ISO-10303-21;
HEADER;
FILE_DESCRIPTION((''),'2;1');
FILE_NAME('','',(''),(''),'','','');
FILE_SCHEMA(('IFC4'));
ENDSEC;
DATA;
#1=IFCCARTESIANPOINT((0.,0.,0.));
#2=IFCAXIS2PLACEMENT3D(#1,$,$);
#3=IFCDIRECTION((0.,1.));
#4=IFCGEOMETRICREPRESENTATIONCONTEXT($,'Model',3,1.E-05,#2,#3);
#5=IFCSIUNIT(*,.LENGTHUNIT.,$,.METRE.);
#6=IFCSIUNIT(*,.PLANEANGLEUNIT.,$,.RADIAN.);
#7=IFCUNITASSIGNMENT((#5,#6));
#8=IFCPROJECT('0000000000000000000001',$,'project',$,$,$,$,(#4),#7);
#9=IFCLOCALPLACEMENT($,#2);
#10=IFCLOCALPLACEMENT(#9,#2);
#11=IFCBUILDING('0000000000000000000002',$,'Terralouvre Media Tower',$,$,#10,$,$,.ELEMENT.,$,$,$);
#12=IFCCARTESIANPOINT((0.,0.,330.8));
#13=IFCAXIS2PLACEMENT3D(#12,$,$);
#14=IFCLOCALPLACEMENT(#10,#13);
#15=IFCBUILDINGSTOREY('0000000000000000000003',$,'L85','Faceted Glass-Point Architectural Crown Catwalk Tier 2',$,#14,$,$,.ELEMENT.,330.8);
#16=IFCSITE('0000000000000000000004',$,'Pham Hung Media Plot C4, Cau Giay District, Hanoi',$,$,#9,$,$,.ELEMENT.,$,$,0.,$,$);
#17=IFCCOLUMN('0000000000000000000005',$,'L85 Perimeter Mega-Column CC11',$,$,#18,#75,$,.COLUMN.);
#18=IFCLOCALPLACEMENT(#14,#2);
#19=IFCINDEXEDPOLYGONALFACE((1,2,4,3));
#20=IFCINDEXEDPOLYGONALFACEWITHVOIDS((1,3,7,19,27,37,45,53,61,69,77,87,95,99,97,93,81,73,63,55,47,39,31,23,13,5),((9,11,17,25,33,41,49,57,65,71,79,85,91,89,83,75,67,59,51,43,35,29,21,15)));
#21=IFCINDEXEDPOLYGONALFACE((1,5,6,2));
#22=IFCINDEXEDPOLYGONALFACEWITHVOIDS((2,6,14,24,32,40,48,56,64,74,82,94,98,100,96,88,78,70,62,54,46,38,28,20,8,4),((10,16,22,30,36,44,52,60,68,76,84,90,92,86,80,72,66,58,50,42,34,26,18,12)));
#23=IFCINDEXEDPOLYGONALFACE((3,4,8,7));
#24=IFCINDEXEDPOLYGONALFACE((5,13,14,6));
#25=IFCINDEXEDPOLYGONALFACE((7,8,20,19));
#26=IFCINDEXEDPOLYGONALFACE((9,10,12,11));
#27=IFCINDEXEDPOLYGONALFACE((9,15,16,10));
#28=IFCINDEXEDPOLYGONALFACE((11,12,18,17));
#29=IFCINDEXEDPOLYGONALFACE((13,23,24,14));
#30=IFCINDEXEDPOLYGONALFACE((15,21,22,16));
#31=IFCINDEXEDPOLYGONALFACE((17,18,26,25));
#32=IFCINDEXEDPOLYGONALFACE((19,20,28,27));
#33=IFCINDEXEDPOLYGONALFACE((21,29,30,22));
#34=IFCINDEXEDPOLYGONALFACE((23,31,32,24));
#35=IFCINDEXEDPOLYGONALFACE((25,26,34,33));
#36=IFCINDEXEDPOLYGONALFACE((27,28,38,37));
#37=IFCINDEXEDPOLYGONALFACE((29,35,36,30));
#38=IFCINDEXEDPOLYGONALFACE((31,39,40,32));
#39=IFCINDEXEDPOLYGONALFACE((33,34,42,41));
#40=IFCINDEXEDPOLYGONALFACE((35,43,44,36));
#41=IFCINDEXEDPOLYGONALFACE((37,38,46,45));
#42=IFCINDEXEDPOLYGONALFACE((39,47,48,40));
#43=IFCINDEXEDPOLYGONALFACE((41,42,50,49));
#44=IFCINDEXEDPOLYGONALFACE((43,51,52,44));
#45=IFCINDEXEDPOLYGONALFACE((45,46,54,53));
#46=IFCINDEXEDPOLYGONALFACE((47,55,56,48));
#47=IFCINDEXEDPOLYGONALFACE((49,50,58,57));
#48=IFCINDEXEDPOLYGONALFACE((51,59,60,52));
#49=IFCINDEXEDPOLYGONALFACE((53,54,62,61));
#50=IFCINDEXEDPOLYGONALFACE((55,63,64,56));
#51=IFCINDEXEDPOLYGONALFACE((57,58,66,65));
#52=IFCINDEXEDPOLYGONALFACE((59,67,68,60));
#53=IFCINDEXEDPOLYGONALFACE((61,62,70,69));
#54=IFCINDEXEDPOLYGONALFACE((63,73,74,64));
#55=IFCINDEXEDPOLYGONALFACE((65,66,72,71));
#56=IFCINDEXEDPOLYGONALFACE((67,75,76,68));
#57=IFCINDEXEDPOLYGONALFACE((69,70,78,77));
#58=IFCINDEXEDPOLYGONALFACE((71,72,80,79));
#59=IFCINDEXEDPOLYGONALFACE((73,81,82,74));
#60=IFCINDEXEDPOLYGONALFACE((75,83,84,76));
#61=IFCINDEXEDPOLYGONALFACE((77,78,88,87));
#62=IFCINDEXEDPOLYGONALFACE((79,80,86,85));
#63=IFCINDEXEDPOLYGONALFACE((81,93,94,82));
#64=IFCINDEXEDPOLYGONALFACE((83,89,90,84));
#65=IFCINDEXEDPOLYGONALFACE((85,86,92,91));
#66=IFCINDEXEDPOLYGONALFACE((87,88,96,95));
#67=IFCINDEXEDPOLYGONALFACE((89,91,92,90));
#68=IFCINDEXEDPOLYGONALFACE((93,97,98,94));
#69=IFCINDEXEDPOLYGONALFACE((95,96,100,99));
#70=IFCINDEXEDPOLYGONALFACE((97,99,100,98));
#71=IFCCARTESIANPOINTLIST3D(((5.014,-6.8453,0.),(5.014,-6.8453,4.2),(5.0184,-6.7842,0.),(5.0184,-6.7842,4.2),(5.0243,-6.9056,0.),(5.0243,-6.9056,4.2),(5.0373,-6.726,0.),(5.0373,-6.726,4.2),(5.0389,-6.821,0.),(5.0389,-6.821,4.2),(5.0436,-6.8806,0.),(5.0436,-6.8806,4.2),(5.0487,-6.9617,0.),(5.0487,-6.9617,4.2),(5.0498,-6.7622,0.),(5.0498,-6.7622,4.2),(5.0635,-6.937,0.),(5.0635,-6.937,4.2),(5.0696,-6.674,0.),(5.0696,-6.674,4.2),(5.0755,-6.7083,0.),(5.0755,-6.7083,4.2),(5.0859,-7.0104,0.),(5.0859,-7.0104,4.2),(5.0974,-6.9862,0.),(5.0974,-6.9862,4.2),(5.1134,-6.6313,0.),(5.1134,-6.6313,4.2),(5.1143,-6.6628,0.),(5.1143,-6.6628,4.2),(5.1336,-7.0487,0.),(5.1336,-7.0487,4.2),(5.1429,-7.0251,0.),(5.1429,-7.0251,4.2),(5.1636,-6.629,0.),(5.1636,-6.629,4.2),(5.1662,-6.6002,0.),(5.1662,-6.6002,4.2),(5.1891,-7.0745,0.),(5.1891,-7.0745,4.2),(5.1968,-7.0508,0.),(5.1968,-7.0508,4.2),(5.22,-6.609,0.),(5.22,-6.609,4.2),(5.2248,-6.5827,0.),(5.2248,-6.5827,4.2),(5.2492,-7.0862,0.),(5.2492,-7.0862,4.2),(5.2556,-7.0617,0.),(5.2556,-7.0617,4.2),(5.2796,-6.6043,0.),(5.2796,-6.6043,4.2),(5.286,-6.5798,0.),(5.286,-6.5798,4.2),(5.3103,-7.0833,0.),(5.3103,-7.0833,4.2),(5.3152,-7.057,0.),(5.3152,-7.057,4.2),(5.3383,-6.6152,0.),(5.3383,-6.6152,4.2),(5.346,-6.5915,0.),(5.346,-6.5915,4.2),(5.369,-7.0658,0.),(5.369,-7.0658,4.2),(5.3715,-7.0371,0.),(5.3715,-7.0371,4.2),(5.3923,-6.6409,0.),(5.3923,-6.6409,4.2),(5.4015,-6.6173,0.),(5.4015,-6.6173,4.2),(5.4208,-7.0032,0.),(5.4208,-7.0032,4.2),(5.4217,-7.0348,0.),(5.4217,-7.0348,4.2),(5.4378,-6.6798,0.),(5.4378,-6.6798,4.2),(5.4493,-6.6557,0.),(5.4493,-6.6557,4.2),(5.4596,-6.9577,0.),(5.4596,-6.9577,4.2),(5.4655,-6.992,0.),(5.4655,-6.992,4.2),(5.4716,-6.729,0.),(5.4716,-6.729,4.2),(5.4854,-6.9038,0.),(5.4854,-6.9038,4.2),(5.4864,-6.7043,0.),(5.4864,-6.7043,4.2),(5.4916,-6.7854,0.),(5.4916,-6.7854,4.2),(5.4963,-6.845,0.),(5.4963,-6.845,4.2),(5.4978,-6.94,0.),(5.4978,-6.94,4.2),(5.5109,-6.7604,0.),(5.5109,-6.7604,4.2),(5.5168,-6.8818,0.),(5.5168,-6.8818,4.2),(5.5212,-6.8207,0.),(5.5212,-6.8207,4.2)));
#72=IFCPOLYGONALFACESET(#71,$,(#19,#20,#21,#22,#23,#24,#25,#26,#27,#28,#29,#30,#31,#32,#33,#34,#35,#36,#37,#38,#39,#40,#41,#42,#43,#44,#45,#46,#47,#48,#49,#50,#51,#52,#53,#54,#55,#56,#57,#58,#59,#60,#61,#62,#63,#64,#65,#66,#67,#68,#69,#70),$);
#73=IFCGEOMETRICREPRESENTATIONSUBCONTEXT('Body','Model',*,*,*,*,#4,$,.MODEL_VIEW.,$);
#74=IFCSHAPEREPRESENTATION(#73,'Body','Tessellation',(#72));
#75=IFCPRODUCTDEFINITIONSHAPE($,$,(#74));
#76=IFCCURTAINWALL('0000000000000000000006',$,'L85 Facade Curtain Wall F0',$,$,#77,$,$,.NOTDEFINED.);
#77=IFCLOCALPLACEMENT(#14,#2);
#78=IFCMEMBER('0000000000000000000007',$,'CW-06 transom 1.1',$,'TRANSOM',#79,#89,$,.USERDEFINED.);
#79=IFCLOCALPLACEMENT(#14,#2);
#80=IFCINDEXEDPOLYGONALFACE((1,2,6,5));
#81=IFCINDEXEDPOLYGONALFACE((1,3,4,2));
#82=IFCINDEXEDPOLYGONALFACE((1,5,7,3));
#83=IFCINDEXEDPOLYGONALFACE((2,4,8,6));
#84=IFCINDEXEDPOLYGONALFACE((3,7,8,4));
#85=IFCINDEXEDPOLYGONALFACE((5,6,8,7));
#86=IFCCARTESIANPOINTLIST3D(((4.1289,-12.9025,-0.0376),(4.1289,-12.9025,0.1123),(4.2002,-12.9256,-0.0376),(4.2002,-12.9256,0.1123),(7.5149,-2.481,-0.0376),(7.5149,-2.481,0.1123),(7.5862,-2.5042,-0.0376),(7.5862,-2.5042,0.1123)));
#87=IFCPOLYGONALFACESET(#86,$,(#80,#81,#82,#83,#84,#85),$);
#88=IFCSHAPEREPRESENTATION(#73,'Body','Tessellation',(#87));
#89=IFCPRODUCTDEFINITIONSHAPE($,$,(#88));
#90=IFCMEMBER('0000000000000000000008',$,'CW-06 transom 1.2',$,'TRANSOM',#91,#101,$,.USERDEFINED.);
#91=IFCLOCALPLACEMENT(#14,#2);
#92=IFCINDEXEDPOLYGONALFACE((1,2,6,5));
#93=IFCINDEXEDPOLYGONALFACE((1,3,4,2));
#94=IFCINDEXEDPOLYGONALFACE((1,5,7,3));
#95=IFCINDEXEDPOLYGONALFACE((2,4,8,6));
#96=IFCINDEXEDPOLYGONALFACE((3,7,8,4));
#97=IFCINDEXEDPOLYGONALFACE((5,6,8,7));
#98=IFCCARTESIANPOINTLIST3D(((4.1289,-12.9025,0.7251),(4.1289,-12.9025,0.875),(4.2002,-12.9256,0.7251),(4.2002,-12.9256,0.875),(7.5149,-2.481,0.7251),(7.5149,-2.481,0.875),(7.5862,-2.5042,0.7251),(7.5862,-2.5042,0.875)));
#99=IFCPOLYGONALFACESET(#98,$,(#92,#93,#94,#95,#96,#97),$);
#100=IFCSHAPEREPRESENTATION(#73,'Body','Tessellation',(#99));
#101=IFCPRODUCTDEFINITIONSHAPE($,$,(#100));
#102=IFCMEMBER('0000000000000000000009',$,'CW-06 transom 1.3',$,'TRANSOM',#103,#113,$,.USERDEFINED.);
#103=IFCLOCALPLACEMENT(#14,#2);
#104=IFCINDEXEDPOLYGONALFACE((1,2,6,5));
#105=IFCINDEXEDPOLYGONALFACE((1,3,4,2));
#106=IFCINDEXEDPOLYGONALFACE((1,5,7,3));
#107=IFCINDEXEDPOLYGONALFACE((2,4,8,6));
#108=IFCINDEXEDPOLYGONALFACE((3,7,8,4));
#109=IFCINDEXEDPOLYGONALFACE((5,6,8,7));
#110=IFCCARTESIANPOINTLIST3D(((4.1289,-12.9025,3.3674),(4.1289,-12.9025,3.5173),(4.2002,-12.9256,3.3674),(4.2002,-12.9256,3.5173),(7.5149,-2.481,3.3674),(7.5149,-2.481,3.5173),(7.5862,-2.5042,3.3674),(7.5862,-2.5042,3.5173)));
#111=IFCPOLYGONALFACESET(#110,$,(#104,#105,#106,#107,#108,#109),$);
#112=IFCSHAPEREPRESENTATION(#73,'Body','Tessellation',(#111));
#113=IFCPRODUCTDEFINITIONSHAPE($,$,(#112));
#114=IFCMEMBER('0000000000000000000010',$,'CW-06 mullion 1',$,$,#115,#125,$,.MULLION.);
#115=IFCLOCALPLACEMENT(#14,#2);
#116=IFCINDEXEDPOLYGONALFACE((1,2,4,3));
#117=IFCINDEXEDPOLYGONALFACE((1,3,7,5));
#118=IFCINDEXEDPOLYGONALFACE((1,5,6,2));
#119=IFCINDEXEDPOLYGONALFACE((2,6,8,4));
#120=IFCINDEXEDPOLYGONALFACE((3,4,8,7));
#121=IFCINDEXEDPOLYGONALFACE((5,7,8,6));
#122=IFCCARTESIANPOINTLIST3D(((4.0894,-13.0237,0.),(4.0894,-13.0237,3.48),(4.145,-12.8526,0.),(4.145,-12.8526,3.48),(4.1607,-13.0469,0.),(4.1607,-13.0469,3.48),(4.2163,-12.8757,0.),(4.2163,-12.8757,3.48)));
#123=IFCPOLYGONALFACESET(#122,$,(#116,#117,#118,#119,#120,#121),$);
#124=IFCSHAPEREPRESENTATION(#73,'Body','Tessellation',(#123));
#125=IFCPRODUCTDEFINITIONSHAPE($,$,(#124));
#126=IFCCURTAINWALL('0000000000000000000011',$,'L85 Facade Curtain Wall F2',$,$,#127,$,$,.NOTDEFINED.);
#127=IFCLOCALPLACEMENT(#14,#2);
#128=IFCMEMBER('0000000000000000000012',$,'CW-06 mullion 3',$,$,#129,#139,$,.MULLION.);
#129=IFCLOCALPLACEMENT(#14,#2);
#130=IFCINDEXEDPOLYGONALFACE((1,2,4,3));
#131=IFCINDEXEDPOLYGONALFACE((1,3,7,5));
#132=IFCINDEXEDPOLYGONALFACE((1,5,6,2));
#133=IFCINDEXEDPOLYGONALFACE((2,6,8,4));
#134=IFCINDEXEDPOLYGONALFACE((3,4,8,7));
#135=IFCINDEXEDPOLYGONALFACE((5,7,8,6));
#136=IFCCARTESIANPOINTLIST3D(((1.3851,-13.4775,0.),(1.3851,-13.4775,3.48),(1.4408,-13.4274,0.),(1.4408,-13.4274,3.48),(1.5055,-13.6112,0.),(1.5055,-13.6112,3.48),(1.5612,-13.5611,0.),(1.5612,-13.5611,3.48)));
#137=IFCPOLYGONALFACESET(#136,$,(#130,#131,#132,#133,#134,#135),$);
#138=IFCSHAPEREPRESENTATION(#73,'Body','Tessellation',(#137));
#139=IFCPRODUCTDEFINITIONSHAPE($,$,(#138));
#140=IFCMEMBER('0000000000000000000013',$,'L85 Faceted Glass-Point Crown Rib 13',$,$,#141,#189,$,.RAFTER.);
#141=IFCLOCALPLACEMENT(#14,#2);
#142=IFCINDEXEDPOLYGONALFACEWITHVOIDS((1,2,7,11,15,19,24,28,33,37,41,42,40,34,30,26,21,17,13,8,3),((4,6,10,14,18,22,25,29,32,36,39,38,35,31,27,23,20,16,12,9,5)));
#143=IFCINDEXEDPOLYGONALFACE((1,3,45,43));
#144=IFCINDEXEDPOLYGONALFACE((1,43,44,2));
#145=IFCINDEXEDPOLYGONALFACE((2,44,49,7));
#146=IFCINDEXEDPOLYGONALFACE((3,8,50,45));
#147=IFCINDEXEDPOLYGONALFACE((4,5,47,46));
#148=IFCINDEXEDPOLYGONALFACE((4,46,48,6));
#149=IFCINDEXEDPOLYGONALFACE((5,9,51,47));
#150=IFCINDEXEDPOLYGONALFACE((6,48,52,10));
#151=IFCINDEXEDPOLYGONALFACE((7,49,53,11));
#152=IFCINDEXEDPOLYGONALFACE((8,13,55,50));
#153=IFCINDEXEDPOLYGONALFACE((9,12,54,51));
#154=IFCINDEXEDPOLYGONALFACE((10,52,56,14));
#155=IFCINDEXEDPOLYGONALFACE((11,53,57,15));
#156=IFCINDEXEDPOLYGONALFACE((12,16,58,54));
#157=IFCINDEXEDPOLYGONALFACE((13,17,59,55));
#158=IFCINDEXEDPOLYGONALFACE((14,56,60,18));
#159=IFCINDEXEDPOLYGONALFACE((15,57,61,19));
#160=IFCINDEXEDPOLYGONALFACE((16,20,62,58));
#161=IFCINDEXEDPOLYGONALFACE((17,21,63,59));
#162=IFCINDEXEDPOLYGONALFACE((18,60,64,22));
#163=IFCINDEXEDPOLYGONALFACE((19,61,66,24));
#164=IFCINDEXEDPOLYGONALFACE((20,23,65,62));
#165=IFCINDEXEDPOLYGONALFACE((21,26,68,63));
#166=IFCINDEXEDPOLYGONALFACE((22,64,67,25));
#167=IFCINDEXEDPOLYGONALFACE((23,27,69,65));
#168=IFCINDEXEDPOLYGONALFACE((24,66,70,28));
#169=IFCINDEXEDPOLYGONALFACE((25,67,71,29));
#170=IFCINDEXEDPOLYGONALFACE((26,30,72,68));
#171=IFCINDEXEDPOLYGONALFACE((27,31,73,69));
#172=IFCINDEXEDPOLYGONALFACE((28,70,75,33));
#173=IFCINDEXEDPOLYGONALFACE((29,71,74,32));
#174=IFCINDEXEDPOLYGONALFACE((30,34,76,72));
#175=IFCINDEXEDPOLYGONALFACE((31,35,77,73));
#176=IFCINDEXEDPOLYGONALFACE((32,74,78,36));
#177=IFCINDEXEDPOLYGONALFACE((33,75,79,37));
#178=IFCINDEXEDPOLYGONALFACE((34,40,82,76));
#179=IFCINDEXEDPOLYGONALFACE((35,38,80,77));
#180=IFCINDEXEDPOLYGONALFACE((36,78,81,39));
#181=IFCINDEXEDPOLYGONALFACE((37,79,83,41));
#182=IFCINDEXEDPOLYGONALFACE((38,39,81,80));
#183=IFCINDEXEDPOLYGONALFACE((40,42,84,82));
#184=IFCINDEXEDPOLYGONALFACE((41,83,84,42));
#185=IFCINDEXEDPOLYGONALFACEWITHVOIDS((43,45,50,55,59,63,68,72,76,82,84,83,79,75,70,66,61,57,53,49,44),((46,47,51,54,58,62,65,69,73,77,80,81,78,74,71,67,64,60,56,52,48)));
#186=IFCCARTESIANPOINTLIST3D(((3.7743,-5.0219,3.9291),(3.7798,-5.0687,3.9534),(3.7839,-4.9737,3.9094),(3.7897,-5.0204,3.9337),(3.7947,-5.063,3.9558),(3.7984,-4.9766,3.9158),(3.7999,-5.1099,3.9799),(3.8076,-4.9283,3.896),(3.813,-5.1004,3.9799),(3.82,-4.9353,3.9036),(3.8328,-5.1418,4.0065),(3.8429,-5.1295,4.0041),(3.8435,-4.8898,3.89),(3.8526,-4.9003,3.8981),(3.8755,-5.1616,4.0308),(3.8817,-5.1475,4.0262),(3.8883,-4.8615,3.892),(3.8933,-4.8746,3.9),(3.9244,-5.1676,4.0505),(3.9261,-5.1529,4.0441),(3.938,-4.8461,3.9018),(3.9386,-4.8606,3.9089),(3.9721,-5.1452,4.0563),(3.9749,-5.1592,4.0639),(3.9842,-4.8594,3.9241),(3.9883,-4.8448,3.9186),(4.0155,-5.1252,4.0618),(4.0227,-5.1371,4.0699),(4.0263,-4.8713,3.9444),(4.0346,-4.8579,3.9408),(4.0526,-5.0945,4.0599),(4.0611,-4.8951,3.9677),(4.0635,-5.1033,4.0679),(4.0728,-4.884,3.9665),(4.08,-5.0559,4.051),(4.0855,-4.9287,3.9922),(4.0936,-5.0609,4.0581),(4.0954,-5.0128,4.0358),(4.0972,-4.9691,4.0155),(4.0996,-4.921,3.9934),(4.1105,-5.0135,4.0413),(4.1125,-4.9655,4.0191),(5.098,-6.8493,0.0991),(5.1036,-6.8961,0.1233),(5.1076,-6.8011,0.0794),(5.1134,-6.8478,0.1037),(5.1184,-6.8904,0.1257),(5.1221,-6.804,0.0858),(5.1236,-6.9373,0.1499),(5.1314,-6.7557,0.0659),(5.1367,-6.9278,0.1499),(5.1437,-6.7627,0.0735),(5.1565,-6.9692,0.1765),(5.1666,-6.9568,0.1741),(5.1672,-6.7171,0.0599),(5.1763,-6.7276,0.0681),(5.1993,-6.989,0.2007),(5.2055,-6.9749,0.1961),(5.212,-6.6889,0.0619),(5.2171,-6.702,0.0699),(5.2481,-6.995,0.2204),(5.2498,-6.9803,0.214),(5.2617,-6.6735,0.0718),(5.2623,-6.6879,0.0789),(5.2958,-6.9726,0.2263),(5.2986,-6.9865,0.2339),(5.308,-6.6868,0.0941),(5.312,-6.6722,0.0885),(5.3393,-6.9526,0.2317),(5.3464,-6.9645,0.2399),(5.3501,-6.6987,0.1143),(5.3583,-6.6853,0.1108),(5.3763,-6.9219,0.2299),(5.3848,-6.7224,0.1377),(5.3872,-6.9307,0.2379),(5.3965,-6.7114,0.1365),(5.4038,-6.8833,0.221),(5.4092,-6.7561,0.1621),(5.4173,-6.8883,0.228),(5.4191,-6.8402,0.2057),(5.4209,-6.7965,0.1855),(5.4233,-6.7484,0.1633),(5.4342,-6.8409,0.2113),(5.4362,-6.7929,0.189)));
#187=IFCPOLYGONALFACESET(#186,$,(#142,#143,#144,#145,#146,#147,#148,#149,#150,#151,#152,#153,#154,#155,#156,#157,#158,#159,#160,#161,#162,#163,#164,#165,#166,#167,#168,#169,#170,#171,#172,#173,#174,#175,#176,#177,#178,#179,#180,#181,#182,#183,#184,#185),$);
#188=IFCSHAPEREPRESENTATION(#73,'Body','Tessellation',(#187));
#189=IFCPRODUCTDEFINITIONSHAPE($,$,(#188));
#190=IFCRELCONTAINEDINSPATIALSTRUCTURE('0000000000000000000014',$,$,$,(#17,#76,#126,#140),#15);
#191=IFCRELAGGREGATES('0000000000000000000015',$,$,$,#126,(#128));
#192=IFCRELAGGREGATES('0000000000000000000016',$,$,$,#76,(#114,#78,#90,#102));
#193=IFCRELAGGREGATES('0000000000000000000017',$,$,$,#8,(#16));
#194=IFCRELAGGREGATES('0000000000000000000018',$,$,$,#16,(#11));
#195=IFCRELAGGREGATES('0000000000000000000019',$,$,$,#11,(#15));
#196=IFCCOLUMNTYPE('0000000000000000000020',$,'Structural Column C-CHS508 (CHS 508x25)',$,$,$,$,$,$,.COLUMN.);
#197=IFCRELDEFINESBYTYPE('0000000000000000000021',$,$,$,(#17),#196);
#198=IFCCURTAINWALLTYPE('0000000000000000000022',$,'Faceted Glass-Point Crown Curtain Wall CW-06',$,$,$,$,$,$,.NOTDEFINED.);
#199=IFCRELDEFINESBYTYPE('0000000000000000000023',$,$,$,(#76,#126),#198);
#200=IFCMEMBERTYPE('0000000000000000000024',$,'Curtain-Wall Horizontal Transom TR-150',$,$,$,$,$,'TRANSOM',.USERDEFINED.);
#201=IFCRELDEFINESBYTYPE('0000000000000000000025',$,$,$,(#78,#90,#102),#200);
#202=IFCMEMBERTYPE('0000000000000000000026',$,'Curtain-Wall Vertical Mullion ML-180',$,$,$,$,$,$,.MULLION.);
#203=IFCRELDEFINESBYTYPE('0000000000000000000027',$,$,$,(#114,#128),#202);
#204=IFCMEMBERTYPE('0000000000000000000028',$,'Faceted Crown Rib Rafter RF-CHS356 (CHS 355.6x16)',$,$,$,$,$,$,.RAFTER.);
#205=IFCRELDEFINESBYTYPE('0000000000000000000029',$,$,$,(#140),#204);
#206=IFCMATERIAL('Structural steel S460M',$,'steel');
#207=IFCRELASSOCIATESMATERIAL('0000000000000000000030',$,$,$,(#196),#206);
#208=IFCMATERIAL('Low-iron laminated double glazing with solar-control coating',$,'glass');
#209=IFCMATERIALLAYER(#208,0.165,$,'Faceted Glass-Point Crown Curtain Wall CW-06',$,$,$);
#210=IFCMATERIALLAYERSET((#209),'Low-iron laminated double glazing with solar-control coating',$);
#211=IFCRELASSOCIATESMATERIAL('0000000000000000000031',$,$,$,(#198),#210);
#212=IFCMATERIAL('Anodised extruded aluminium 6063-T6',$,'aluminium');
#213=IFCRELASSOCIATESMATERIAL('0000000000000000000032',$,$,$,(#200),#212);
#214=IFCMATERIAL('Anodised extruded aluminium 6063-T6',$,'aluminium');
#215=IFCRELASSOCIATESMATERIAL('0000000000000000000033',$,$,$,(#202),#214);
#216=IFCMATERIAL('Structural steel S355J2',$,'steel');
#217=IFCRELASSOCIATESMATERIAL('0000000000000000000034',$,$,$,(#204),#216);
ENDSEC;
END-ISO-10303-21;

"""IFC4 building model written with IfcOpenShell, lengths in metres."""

from ifc_helpers import new_model, si_unit, direction, frame, origin, origin_2d, place, context, subcontext, project, spatial, rectangle, hollow_circle, extrude, material, layer, layer_set, material_profile, profile_set, type_object, element, aggregate, save


model = new_model("IFC4")

# Units and contexts
model_context = context("Model", 3, precision=1e-05, world=origin(), true_north=direction((0.0, 1.0)))
body_context = subcontext(model_context, "Body", "Model", "MODEL_VIEW")
ifc_project = project(units=[si_unit("LENGTHUNIT", "METRE"), si_unit("PLANEANGLEUNIT", "RADIAN")], contexts=[model_context])

# Site, building, storey
site_placement = place(None, origin())
site = spatial("IfcSite", under=ifc_project, at=site_placement, Name="Pham Hung Media Plot C4, Cau Giay District, Hanoi", CompositionType="ELEMENT", RefElevation=0.0)
building_placement = place(site_placement, origin())
building = spatial("IfcBuilding", under=site, at=building_placement, Name="Terralouvre Media Tower", CompositionType="ELEMENT")
storey_placement = place(building_placement, frame((0.0, 0.0, 330.8)))
storey = spatial("IfcBuildingStorey", under=building, at=storey_placement, Name="L85", Description="Faceted Glass-Point Architectural Crown Catwalk Tier 2", CompositionType="ELEMENT", Elevation=330.8)

# Column
ifc_material_1 = material(Name="Structural steel S460M", Category="steel")
ifc_material_profile_1 = material_profile(ifc_material_1, hollow_circle(Radius=0.2539, WallThickness=0.0249, at=origin_2d()), Name="CHS 508x25")
ifc_profile_set_1 = profile_set([ifc_material_profile_1], Name="Structural steel S460M")
column_type = type_object("IfcColumnType", Name="Structural Column C-CHS508 (CHS 508x25)", PredefinedType="COLUMN", material=ifc_profile_set_1)
column_placement = place(storey_placement, frame((5.2676, -6.833, 0.0), z_axis=(0.0, 0.0, 1.0), x_axis=(0.309017, 0.951057, 0.0)))
element("IfcColumn", 1, at=column_placement, inside=storey, type_object=column_type, Name="L85 Perimeter Mega-Column CC11", PredefinedType="COLUMN", context=body_context, shape_type="SweptSolid", body=[
    extrude(hollow_circle(Radius=0.2539, WallThickness=0.0249, at=origin_2d()), origin(), (0.0, 0.0, 1.0), 4.2),
])

# Curtain wall, members
ifc_material_2 = material(Name="Low-iron laminated double glazing with solar-control coating", Category="glass")
ifc_layer_1 = layer(ifc_material_2, 0.165, Name="Faceted Glass-Point Crown Curtain Wall CW-06")
ifc_layer_set_1 = layer_set([ifc_layer_1], Name="Low-iron laminated double glazing with solar-control coating")
curtain_wall_type = type_object("IfcCurtainWallType", Name="Faceted Glass-Point Crown Curtain Wall CW-06", PredefinedType="NOTDEFINED", material=ifc_layer_set_1)
curtain_wall_1_placement = place(storey_placement, origin())
curtain_wall_1 = element("IfcCurtainWall", 2, at=curtain_wall_1_placement, inside=storey, type_object=curtain_wall_type, Name="L85 Facade Curtain Wall F0", PredefinedType="NOTDEFINED")
ifc_material_3 = material(Name="Anodised extruded aluminium 6063-T6", Category="aluminium")
ifc_material_profile_2 = material_profile(ifc_material_3, rectangle(XDim=0.075, YDim=0.1499, at=origin_2d()), Name="ALU 75x150")
ifc_profile_set_2 = profile_set([ifc_material_profile_2], Name="Anodised extruded aluminium 6063-T6")
member_type_1 = type_object("IfcMemberType", Name="Curtain-Wall Horizontal Transom TR-150", ElementType="TRANSOM", PredefinedType="USERDEFINED", material=ifc_profile_set_2)
member_1_placement = place(storey_placement, frame((4.1646, -12.9141, 0.0374), z_axis=(0.309006, 0.95106, 0.0), x_axis=(-0.95106, 0.309006, 0.0)))
member_1 = element("IfcMember", 3, at=member_1_placement, type_object=member_type_1, Name="CW-06 transom 1.1", ObjectType="TRANSOM", PredefinedType="USERDEFINED", context=body_context, shape_type="SweptSolid", body=[
    extrude(rectangle(XDim=0.075, YDim=0.1499, at=origin_2d()), origin(), (0.0, 0.0, 1.0), 10.9578),
])
member_2_placement = place(storey_placement, frame((4.1646, -12.9141, 0.8), z_axis=(0.309006, 0.95106, 0.0), x_axis=(-0.95106, 0.309006, 0.0)))
member_2 = element("IfcMember", 4, at=member_2_placement, type_object=member_type_1, Name="CW-06 transom 1.2", ObjectType="TRANSOM", PredefinedType="USERDEFINED", context=body_context, shape_type="SweptSolid", body=[
    extrude(rectangle(XDim=0.075, YDim=0.1499, at=origin_2d()), origin(), (0.0, 0.0, 1.0), 10.9578),
])
member_3_placement = place(storey_placement, frame((4.1646, -12.9141, 3.4424), z_axis=(0.309006, 0.95106, 0.0), x_axis=(-0.95106, 0.309006, 0.0)))
member_3 = element("IfcMember", 5, at=member_3_placement, type_object=member_type_1, Name="CW-06 transom 1.3", ObjectType="TRANSOM", PredefinedType="USERDEFINED", context=body_context, shape_type="SweptSolid", body=[
    extrude(rectangle(XDim=0.075, YDim=0.1499, at=origin_2d()), origin(), (0.0, 0.0, 1.0), 10.9578),
])
ifc_material_4 = material(Name="Anodised extruded aluminium 6063-T6", Category="aluminium")
ifc_material_profile_3 = material_profile(ifc_material_4, rectangle(XDim=0.075, YDim=0.1799, at=origin_2d()), Name="ALU 75x180")
ifc_profile_set_3 = profile_set([ifc_material_profile_3], Name="Anodised extruded aluminium 6063-T6")
member_type_2 = type_object("IfcMemberType", Name="Curtain-Wall Vertical Mullion ML-180", PredefinedType="MULLION", material=ifc_profile_set_3)
member_4_placement = place(storey_placement, frame((4.1528, -12.9497, 0.0), z_axis=(0.0, 0.0, 1.0), x_axis=(-0.951057, 0.309017, 0.0)))
member_4 = element("IfcMember", 6, at=member_4_placement, type_object=member_type_2, Name="CW-06 mullion 1", PredefinedType="MULLION", context=body_context, shape_type="SweptSolid", body=[
    extrude(rectangle(XDim=0.075, YDim=0.1799, at=origin_2d()), origin(), (0.0, 0.0, 1.0), 3.48),
])

# Curtain wall, member
curtain_wall_2_placement = place(storey_placement, origin())
curtain_wall_2 = element("IfcCurtainWall", 7, at=curtain_wall_2_placement, inside=storey, type_object=curtain_wall_type, Name="L85 Facade Curtain Wall F2", PredefinedType="NOTDEFINED")
member_5_placement = place(storey_placement, frame((1.4731, -13.5193, 0.0), z_axis=(0.0, 0.0, 1.0), x_axis=(0.743145, 0.66913, 0.0)))
member_5 = element("IfcMember", 8, at=member_5_placement, type_object=member_type_2, Name="CW-06 mullion 3", PredefinedType="MULLION", context=body_context, shape_type="SweptSolid", body=[
    extrude(rectangle(XDim=0.075, YDim=0.1799, at=origin_2d()), origin(), (0.0, 0.0, 1.0), 3.48),
])
aggregate(curtain_wall_2, [member_5])

# Member
ifc_material_5 = material(Name="Structural steel S355J2", Category="steel")
ifc_material_profile_4 = material_profile(ifc_material_5, hollow_circle(Radius=0.1777, WallThickness=0.0161, at=origin_2d()), Name="CHS 355.6x16")
ifc_profile_set_4 = profile_set([ifc_material_profile_4], Name="Structural steel S355J2")
member_type_3 = type_object("IfcMemberType", Name="Faceted Crown Rib Rafter RF-CHS356 (CHS 355.6x16)", PredefinedType="RAFTER", material=ifc_profile_set_4)
member_6_placement = place(storey_placement, frame((5.2676, -6.833, 0.1499), z_axis=(-0.297779, 0.41108, 0.861592), x_axis=(-0.809848, -0.58664, 0.0)))
element("IfcMember", 9, at=member_6_placement, inside=storey, type_object=member_type_3, Name="L85 Faceted Glass-Point Crown Rib 13", PredefinedType="RAFTER", context=body_context, shape_type="SweptSolid", body=[
    extrude(hollow_circle(Radius=0.1777, WallThickness=0.0161, at=origin_2d()), origin(), (0.0, 0.0, 1.0), 4.4453),
])

aggregate(curtain_wall_1, [member_4, member_1, member_2, member_3])

save(model, "model.ifc")
